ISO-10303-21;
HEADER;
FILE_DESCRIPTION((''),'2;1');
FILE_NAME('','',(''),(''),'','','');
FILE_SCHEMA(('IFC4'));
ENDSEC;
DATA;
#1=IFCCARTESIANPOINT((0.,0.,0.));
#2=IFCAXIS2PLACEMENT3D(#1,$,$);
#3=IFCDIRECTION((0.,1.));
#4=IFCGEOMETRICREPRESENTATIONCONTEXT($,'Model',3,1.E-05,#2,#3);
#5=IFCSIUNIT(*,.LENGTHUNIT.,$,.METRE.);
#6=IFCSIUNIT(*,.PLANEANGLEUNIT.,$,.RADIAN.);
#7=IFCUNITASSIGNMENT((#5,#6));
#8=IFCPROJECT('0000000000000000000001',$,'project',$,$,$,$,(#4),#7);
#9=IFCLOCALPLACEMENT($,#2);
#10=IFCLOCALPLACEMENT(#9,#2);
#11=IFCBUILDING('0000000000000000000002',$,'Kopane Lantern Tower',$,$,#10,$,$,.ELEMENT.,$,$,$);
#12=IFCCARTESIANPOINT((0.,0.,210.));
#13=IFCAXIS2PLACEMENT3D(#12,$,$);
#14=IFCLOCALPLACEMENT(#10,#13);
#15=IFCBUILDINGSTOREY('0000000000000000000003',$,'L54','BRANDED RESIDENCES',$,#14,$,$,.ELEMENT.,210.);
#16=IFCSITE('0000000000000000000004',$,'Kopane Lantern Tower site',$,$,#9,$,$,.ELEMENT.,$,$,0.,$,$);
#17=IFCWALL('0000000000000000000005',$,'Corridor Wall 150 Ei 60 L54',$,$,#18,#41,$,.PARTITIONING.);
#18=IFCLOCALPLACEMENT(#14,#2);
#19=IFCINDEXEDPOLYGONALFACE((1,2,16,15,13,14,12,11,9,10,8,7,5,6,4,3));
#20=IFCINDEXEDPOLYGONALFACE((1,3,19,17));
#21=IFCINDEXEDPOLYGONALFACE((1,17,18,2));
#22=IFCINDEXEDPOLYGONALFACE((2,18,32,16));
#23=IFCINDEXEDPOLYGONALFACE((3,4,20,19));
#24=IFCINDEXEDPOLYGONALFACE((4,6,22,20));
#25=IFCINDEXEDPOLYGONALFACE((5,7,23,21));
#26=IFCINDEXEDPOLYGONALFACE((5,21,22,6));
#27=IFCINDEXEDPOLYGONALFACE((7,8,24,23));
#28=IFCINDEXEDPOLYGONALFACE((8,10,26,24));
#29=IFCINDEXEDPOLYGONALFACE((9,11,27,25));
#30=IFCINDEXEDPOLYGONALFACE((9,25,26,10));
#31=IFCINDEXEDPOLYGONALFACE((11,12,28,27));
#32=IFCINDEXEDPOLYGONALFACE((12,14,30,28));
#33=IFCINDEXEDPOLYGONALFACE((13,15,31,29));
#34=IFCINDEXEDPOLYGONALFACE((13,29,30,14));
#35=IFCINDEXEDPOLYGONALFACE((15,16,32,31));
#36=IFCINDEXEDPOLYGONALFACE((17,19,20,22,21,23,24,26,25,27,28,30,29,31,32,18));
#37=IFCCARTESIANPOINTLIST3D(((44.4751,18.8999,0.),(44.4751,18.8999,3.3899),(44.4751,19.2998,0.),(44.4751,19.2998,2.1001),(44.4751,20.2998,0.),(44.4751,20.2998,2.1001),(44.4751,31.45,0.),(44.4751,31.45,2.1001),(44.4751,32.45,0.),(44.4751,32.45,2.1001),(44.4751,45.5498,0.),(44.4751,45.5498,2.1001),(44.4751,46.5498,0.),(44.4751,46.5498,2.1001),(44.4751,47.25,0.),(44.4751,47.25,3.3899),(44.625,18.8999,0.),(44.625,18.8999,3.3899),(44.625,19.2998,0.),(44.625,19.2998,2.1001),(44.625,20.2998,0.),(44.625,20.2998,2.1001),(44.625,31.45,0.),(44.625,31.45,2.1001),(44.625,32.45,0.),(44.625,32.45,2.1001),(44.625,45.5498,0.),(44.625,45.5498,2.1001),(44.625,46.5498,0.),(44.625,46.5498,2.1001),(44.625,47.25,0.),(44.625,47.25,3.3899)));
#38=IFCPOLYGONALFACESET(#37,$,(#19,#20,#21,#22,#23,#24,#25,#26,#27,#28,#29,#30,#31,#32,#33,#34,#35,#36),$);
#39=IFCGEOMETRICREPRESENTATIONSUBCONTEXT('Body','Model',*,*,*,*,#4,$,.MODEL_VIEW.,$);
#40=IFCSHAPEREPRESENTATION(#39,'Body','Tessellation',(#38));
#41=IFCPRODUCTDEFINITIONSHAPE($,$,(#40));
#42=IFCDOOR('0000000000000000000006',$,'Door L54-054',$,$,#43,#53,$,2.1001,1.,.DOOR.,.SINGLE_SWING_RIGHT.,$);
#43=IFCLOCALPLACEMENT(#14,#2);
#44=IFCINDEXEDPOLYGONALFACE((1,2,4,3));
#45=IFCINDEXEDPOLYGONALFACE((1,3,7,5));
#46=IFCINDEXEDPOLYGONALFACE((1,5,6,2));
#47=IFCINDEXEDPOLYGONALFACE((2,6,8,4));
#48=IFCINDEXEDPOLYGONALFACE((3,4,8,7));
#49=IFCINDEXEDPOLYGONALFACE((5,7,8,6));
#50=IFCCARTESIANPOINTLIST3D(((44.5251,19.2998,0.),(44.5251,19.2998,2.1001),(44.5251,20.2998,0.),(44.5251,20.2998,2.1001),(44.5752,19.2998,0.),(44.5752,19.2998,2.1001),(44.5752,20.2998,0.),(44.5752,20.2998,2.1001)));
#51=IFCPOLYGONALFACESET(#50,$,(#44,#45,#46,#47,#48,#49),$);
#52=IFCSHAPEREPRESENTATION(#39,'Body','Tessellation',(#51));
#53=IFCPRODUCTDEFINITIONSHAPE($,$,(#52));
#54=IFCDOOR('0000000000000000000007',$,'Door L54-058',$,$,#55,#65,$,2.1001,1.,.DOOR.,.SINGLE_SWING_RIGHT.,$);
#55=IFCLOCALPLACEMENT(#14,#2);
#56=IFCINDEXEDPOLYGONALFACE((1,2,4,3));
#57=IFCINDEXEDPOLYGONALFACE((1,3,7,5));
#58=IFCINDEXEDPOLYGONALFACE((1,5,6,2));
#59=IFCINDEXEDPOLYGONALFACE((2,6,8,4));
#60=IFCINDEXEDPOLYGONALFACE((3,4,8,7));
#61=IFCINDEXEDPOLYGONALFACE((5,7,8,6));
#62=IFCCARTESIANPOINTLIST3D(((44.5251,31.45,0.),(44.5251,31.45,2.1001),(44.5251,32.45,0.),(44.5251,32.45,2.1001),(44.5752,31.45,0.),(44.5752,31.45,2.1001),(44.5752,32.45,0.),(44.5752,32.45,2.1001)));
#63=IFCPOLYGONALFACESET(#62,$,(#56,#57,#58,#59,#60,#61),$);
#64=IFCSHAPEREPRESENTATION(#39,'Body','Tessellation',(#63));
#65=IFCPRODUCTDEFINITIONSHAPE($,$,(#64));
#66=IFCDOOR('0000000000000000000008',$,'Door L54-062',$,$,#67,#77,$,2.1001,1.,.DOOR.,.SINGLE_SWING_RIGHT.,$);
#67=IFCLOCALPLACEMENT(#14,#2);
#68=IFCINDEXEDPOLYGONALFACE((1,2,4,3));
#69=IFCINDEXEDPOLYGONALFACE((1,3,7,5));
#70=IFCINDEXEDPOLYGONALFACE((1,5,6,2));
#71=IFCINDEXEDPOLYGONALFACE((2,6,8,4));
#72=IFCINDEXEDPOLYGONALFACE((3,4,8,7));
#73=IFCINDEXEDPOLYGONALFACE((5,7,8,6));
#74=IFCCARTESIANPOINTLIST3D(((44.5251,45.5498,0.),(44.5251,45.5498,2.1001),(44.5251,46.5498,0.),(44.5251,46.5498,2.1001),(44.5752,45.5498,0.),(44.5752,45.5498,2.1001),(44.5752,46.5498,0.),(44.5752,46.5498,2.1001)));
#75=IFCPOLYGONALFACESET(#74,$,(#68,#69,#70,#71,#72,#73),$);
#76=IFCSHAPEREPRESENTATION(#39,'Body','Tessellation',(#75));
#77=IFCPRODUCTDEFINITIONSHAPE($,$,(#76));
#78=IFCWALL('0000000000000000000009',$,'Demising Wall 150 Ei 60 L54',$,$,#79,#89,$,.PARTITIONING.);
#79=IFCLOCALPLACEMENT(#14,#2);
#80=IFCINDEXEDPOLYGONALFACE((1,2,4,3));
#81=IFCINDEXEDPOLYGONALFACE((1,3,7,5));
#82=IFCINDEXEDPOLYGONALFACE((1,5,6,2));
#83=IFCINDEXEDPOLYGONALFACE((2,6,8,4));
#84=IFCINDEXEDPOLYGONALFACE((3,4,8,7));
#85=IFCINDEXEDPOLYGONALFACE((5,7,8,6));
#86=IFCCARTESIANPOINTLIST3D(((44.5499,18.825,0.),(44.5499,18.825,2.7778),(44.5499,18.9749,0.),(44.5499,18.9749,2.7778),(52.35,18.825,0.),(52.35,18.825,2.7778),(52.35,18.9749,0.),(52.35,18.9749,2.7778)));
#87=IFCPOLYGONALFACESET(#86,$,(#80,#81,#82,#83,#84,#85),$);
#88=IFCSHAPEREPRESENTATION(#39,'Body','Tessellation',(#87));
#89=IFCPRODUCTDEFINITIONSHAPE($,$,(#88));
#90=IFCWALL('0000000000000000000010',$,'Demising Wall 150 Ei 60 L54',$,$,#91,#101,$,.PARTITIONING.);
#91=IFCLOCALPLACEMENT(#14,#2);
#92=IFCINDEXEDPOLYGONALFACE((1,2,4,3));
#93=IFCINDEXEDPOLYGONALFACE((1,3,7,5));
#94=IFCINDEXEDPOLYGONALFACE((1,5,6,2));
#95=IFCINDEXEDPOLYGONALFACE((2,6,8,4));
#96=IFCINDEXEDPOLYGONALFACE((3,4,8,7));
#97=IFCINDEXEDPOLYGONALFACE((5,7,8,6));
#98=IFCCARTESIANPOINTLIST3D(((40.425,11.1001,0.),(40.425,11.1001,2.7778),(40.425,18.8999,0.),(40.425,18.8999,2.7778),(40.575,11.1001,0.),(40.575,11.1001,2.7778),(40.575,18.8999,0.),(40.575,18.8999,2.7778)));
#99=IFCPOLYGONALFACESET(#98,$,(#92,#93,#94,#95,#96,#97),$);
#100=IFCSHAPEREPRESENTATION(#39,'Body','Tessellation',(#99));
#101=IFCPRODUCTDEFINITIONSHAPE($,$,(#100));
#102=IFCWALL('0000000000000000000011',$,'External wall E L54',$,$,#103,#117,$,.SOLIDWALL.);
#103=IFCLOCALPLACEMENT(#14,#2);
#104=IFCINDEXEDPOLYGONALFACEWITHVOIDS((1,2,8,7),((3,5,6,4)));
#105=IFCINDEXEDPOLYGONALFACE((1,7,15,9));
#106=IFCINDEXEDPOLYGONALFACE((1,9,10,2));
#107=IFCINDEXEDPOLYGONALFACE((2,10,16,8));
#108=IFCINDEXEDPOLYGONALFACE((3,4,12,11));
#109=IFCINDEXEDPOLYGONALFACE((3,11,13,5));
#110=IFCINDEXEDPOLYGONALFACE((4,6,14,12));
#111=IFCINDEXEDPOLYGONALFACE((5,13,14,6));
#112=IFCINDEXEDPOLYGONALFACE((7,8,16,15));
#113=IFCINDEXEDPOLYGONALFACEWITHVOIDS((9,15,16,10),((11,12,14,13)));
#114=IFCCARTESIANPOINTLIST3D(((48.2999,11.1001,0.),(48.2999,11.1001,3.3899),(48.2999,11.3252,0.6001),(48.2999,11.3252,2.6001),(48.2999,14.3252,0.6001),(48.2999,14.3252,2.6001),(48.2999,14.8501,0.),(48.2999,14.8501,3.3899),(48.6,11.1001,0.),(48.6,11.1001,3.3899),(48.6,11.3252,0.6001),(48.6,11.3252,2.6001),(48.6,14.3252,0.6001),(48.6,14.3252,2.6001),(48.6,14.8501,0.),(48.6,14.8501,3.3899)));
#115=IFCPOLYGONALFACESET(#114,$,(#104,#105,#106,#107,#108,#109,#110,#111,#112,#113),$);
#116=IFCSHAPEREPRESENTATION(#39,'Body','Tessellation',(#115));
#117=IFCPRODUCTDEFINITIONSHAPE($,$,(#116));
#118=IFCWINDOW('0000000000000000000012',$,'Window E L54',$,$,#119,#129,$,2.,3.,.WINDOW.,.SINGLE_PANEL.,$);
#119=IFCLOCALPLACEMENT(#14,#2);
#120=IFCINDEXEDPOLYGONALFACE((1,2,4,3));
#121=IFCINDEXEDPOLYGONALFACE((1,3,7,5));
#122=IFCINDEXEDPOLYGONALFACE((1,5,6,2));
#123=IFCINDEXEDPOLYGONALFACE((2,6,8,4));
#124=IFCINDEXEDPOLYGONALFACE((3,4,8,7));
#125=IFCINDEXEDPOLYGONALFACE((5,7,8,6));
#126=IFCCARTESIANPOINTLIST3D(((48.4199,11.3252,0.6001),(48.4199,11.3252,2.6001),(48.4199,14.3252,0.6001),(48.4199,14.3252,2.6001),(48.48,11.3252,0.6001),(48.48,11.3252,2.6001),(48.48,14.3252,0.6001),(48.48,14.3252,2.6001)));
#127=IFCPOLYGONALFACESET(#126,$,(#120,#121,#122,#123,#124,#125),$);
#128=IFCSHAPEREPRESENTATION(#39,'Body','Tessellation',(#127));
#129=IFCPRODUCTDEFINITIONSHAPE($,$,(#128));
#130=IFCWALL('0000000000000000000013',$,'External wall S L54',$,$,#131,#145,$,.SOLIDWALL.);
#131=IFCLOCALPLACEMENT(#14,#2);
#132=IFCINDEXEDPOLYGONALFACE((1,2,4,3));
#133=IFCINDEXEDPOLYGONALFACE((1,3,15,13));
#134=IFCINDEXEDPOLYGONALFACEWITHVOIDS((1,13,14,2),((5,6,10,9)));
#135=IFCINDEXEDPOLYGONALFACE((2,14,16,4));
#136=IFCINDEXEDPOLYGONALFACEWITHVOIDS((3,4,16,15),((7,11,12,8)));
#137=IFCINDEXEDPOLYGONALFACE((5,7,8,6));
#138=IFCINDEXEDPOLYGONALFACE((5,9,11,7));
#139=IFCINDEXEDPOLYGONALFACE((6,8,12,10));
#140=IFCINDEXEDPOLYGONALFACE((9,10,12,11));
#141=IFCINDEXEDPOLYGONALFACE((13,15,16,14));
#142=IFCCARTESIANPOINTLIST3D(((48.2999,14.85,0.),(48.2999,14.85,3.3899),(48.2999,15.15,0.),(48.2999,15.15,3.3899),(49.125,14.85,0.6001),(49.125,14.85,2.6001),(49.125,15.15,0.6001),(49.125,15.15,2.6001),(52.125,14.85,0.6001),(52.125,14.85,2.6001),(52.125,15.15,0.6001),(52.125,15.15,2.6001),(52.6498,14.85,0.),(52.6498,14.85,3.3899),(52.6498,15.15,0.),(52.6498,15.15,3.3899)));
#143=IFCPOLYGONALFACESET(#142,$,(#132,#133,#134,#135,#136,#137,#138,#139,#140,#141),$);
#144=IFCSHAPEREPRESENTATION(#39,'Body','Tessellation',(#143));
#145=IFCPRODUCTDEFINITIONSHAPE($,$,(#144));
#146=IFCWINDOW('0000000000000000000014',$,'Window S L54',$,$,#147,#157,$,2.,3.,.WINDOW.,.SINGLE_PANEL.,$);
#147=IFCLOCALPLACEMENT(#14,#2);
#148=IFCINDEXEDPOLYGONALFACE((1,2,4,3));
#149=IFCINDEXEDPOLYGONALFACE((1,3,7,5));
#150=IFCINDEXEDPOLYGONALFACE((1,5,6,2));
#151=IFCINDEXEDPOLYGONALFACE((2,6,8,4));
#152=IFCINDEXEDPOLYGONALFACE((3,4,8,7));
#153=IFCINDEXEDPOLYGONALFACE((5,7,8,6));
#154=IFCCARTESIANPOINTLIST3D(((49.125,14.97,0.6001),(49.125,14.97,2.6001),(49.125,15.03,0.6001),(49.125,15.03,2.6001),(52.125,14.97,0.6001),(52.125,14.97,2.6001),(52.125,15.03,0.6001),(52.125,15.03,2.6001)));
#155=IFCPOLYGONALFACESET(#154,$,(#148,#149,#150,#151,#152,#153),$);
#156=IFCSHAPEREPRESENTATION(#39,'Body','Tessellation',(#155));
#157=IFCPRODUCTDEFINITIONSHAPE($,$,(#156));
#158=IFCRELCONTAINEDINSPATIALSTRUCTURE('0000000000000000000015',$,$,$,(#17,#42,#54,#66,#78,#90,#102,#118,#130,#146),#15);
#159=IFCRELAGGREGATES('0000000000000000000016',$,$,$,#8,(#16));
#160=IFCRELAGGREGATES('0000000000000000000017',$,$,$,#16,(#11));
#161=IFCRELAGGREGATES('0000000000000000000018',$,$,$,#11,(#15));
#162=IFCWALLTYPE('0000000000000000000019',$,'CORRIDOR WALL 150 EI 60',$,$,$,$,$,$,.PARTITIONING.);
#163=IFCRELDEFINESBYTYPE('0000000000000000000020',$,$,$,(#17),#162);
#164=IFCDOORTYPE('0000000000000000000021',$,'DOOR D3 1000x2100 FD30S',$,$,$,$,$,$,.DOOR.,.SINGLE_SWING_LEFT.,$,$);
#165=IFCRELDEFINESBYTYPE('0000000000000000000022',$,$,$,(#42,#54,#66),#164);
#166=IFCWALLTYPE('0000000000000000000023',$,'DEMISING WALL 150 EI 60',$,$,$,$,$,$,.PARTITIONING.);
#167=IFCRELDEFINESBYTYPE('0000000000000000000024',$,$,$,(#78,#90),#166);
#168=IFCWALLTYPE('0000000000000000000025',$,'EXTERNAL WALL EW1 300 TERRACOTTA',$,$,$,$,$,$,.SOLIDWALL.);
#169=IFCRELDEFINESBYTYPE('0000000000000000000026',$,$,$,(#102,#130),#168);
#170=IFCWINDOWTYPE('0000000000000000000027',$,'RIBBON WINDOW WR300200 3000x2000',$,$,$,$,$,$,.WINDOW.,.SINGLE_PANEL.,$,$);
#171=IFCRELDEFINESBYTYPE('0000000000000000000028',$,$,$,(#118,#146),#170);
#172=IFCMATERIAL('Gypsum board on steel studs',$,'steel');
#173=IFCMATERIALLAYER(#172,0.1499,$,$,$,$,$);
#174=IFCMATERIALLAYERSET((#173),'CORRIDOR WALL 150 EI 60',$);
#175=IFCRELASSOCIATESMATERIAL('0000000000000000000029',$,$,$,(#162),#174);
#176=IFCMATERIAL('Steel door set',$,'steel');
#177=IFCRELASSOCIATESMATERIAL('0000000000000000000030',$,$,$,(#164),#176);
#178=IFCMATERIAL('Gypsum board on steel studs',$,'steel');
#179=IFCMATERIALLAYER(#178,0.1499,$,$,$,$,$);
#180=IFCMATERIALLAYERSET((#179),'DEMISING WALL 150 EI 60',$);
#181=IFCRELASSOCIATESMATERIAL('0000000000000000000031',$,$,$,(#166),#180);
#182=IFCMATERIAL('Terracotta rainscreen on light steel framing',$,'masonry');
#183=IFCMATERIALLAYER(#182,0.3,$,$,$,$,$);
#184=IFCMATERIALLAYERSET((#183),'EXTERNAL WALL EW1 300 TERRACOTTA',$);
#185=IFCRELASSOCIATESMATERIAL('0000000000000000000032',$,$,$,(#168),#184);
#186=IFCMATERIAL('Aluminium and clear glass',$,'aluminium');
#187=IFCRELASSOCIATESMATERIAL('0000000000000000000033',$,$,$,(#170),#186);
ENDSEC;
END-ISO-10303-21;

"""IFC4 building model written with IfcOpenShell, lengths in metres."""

from ifc_helpers import new_model, si_unit, direction, frame, frame_2d, origin, place, context, subcontext, project, spatial, rectangle, extrude, material, layer, layer_set, type_object, element, fill, save


model = new_model("IFC4")

# Units and contexts
model_context = context("Model", 3, precision=1e-05, world=origin(), true_north=direction((0.0, 1.0)))
body_context = subcontext(model_context, "Body", "Model", "MODEL_VIEW")
ifc_project = project(units=[si_unit("LENGTHUNIT", "METRE"), si_unit("PLANEANGLEUNIT", "RADIAN")], contexts=[model_context])

# Site, building, storey
site_placement = place(None, origin())
site = spatial("IfcSite", under=ifc_project, at=site_placement, Name="Kopane Lantern Tower site", CompositionType="ELEMENT", RefElevation=0.0)
building_placement = place(site_placement, origin())
building = spatial("IfcBuilding", under=site, at=building_placement, Name="Kopane Lantern Tower", CompositionType="ELEMENT")
storey_placement = place(building_placement, frame((0.0, 0.0, 210.0)))
storey = spatial("IfcBuildingStorey", under=building, at=storey_placement, Name="L54", Description="BRANDED RESIDENCES", CompositionType="ELEMENT", Elevation=210.0)

# Wall, openings, doors
ifc_material_1 = material(Name="Gypsum board on steel studs", Category="steel")
ifc_layer_1 = layer(ifc_material_1, 0.1499)
ifc_layer_set_1 = layer_set([ifc_layer_1], Name="CORRIDOR WALL 150 EI 60")
wall_type_1 = type_object("IfcWallType", Name="CORRIDOR WALL 150 EI 60", PredefinedType="PARTITIONING", material=ifc_layer_set_1)
wall_1_placement = place(storey_placement, frame((44.55, 18.8999, 0.0), z_axis=(0.0, 0.0, 1.0), x_axis=(0.0, 1.0, 0.0)))
wall_1 = element("IfcWall", 1, at=wall_1_placement, inside=storey, type_object=wall_type_1, Name="Corridor Wall 150 Ei 60 L54", PredefinedType="PARTITIONING", context=body_context, shape_type="SweptSolid", body=[
    extrude(rectangle(XDim=28.3501, YDim=0.1499, at=frame_2d((14.175, 0.0))), origin(), (0.0, 0.0, 1.0), 3.3899),
])
opening_1_placement = place(wall_1_placement, frame((0.3999, 0.0, 0.0)))
opening_1 = element("IfcOpeningElement", 2, at=opening_1_placement, cuts=wall_1, PredefinedType="OPENING", context=body_context, shape_type="SweptSolid", body=[
    extrude(rectangle(XDim=1.0, YDim=2.1001, at=frame_2d((0.5, 1.05))), frame((0.0, 0.085, 0.0), z_axis=(0.0, -1.0, 0.0), x_axis=(1.0, 0.0, 0.0)), (0.0, 0.0, 1.0), 0.1699),
])
opening_2_placement = place(wall_1_placement, frame((12.55, 0.0, 0.0)))
opening_2 = element("IfcOpeningElement", 3, at=opening_2_placement, cuts=wall_1, PredefinedType="OPENING", context=body_context, shape_type="SweptSolid", body=[
    extrude(rectangle(XDim=1.0, YDim=2.1001, at=frame_2d((0.5, 1.05))), frame((0.0, 0.085, 0.0), z_axis=(0.0, -1.0, 0.0), x_axis=(1.0, 0.0, 0.0)), (0.0, 0.0, 1.0), 0.1699),
])
opening_3_placement = place(wall_1_placement, frame((26.6499, 0.0, 0.0)))
opening_3 = element("IfcOpeningElement", 4, at=opening_3_placement, cuts=wall_1, PredefinedType="OPENING", context=body_context, shape_type="SweptSolid", body=[
    extrude(rectangle(XDim=1.0, YDim=2.1001, at=frame_2d((0.5, 1.05))), frame((0.0, 0.085, 0.0), z_axis=(0.0, -1.0, 0.0), x_axis=(1.0, 0.0, 0.0)), (0.0, 0.0, 1.0), 0.1699),
])
ifc_material_2 = material(Name="Steel door set", Category="steel")
door_type_1 = type_object("IfcDoorType", Name="DOOR D3 1000x2100 FD30S", OperationType="SINGLE_SWING_LEFT", PredefinedType="DOOR", material=ifc_material_2)
door_1_placement = place(opening_1_placement, origin())
door_1 = element("IfcDoor", 5, at=door_1_placement, inside=storey, type_object=door_type_1, Name="Door L54-054", OperationType="SINGLE_SWING_RIGHT", OverallHeight=2.1001, OverallWidth=1.0, PredefinedType="DOOR", context=body_context, shape_type="SweptSolid", body=[
    extrude(rectangle(XDim=1.0, YDim=2.1001, at=frame_2d((0.5, 1.05))), frame((0.0, 0.0249, 0.0), z_axis=(0.0, -1.0, 0.0), x_axis=(1.0, 0.0, 0.0)), (0.0, 0.0, 1.0), 0.05),
])
fill(opening_1, door_1)
door_2_placement = place(opening_2_placement, origin())
door_2 = element("IfcDoor", 6, at=door_2_placement, inside=storey, type_object=door_type_1, Name="Door L54-058", OperationType="SINGLE_SWING_RIGHT", OverallHeight=2.1001, OverallWidth=1.0, PredefinedType="DOOR", context=body_context, shape_type="SweptSolid", body=[
    extrude(rectangle(XDim=1.0, YDim=2.1001, at=frame_2d((0.5, 1.05))), frame((0.0, 0.0249, 0.0), z_axis=(0.0, -1.0, 0.0), x_axis=(1.0, 0.0, 0.0)), (0.0, 0.0, 1.0), 0.05),
])
fill(opening_2, door_2)
door_3_placement = place(opening_3_placement, origin())
door_3 = element("IfcDoor", 7, at=door_3_placement, inside=storey, type_object=door_type_1, Name="Door L54-062", OperationType="SINGLE_SWING_RIGHT", OverallHeight=2.1001, OverallWidth=1.0, PredefinedType="DOOR", context=body_context, shape_type="SweptSolid", body=[
    extrude(rectangle(XDim=1.0, YDim=2.1001, at=frame_2d((0.5, 1.05))), frame((0.0, 0.0249, 0.0), z_axis=(0.0, -1.0, 0.0), x_axis=(1.0, 0.0, 0.0)), (0.0, 0.0, 1.0), 0.05),
])
fill(opening_3, door_3)

# Walls
ifc_material_3 = material(Name="Gypsum board on steel studs", Category="steel")
ifc_layer_2 = layer(ifc_material_3, 0.1499)
ifc_layer_set_2 = layer_set([ifc_layer_2], Name="DEMISING WALL 150 EI 60")
wall_type_2 = type_object("IfcWallType", Name="DEMISING WALL 150 EI 60", PredefinedType="PARTITIONING", material=ifc_layer_set_2)
wall_2_placement = place(storey_placement, frame((44.55, 18.8999, 0.0), z_axis=(0.0, 0.0, 1.0), x_axis=(1.0, 0.0, 0.0)))
element("IfcWall", 8, at=wall_2_placement, inside=storey, type_object=wall_type_2, Name="Demising Wall 150 Ei 60 L54", PredefinedType="PARTITIONING", context=body_context, shape_type="SweptSolid", body=[
    extrude(rectangle(XDim=7.8, YDim=0.1499, at=frame_2d((3.8999, 0.0))), origin(), (0.0, 0.0, 1.0), 2.7778),
])
wall_3_placement = place(storey_placement, frame((40.5, 18.8999, 0.0), z_axis=(0.0, 0.0, 1.0), x_axis=(0.0, -1.0, 0.0)))
element("IfcWall", 9, at=wall_3_placement, inside=storey, type_object=wall_type_2, Name="Demising Wall 150 Ei 60 L54", PredefinedType="PARTITIONING", context=body_context, shape_type="SweptSolid", body=[
    extrude(rectangle(XDim=7.7998, YDim=0.1499, at=frame_2d((3.8999, 0.0))), origin(), (0.0, 0.0, 1.0), 2.7778),
])

# Walls, openings, windows
ifc_material_4 = material(Name="Terracotta rainscreen on light steel framing", Category="masonry")
ifc_layer_3 = layer(ifc_material_4, 0.3)
ifc_layer_set_3 = layer_set([ifc_layer_3], Name="EXTERNAL WALL EW1 300 TERRACOTTA")
wall_type_3 = type_object("IfcWallType", Name="EXTERNAL WALL EW1 300 TERRACOTTA", PredefinedType="SOLIDWALL", material=ifc_layer_set_3)
wall_4_placement = place(storey_placement, frame((48.45, 11.1001, 0.0), z_axis=(0.0, 0.0, 1.0), x_axis=(0.0, 1.0, 0.0)))
wall_4 = element("IfcWall", 10, at=wall_4_placement, inside=storey, type_object=wall_type_3, Name="External wall E L54", PredefinedType="SOLIDWALL", context=body_context, shape_type="SweptSolid", body=[
    extrude(rectangle(XDim=3.75, YDim=0.3, at=frame_2d((1.875, 0.0))), origin(), (0.0, 0.0, 1.0), 3.3899),
])
opening_4_placement = place(wall_4_placement, frame((0.2251, 0.0, 0.6001)))
opening_4 = element("IfcOpeningElement", 11, at=opening_4_placement, cuts=wall_4, PredefinedType="OPENING", context=body_context, shape_type="SweptSolid", body=[
    extrude(rectangle(XDim=3.0, YDim=2.0, at=frame_2d((1.5, 1.0))), frame((0.0, 0.1599, 0.0), z_axis=(0.0, -1.0, 0.0), x_axis=(1.0, 0.0, 0.0)), (0.0, 0.0, 1.0), 0.3201),
])
ifc_material_5 = material(Name="Aluminium and clear glass", Category="aluminium")
window_type = type_object("IfcWindowType", Name="RIBBON WINDOW WR300200 3000x2000", PartitioningType="SINGLE_PANEL", PredefinedType="WINDOW", material=ifc_material_5)
window_1_placement = place(opening_4_placement, origin())
window_1 = element("IfcWindow", 12, at=window_1_placement, inside=storey, type_object=window_type, Name="Window E L54", OverallHeight=2.0, OverallWidth=3.0, PartitioningType="SINGLE_PANEL", PredefinedType="WINDOW", context=body_context, shape_type="SweptSolid", body=[
    extrude(rectangle(XDim=3.0, YDim=2.0, at=frame_2d((1.5, 1.0))), frame((0.0, 0.03, 0.0), z_axis=(0.0, -1.0, 0.0), x_axis=(1.0, 0.0, 0.0)), (0.0, 0.0, 1.0), 0.0601),
])
fill(opening_4, window_1)
wall_5_placement = place(storey_placement, frame((48.3, 15.0, 0.0), z_axis=(0.0, 0.0, 1.0), x_axis=(1.0, 0.0, 0.0)))
wall_5 = element("IfcWall", 13, at=wall_5_placement, inside=storey, type_object=wall_type_3, Name="External wall S L54", PredefinedType="SOLIDWALL", context=body_context, shape_type="SweptSolid", body=[
    extrude(rectangle(XDim=4.3499, YDim=0.3, at=frame_2d((2.1748, 0.0))), origin(), (0.0, 0.0, 1.0), 3.3899),
])
opening_5_placement = place(wall_5_placement, frame((0.825, 0.0, 0.6001)))
opening_5 = element("IfcOpeningElement", 14, at=opening_5_placement, cuts=wall_5, PredefinedType="OPENING", context=body_context, shape_type="SweptSolid", body=[
    extrude(rectangle(XDim=3.0, YDim=2.0, at=frame_2d((1.5, 1.0))), frame((0.0, 0.1599, 0.0), z_axis=(0.0, -1.0, 0.0), x_axis=(1.0, 0.0, 0.0)), (0.0, 0.0, 1.0), 0.3201),
])
window_2_placement = place(opening_5_placement, origin())
window_2 = element("IfcWindow", 15, at=window_2_placement, inside=storey, type_object=window_type, Name="Window S L54", OverallHeight=2.0, OverallWidth=3.0, PartitioningType="SINGLE_PANEL", PredefinedType="WINDOW", context=body_context, shape_type="SweptSolid", body=[
    extrude(rectangle(XDim=3.0, YDim=2.0, at=frame_2d((1.5, 1.0))), frame((0.0, 0.03, 0.0), z_axis=(0.0, -1.0, 0.0), x_axis=(1.0, 0.0, 0.0)), (0.0, 0.0, 1.0), 0.0601),
])
fill(opening_5, window_2)

save(model, "model.ifc")
